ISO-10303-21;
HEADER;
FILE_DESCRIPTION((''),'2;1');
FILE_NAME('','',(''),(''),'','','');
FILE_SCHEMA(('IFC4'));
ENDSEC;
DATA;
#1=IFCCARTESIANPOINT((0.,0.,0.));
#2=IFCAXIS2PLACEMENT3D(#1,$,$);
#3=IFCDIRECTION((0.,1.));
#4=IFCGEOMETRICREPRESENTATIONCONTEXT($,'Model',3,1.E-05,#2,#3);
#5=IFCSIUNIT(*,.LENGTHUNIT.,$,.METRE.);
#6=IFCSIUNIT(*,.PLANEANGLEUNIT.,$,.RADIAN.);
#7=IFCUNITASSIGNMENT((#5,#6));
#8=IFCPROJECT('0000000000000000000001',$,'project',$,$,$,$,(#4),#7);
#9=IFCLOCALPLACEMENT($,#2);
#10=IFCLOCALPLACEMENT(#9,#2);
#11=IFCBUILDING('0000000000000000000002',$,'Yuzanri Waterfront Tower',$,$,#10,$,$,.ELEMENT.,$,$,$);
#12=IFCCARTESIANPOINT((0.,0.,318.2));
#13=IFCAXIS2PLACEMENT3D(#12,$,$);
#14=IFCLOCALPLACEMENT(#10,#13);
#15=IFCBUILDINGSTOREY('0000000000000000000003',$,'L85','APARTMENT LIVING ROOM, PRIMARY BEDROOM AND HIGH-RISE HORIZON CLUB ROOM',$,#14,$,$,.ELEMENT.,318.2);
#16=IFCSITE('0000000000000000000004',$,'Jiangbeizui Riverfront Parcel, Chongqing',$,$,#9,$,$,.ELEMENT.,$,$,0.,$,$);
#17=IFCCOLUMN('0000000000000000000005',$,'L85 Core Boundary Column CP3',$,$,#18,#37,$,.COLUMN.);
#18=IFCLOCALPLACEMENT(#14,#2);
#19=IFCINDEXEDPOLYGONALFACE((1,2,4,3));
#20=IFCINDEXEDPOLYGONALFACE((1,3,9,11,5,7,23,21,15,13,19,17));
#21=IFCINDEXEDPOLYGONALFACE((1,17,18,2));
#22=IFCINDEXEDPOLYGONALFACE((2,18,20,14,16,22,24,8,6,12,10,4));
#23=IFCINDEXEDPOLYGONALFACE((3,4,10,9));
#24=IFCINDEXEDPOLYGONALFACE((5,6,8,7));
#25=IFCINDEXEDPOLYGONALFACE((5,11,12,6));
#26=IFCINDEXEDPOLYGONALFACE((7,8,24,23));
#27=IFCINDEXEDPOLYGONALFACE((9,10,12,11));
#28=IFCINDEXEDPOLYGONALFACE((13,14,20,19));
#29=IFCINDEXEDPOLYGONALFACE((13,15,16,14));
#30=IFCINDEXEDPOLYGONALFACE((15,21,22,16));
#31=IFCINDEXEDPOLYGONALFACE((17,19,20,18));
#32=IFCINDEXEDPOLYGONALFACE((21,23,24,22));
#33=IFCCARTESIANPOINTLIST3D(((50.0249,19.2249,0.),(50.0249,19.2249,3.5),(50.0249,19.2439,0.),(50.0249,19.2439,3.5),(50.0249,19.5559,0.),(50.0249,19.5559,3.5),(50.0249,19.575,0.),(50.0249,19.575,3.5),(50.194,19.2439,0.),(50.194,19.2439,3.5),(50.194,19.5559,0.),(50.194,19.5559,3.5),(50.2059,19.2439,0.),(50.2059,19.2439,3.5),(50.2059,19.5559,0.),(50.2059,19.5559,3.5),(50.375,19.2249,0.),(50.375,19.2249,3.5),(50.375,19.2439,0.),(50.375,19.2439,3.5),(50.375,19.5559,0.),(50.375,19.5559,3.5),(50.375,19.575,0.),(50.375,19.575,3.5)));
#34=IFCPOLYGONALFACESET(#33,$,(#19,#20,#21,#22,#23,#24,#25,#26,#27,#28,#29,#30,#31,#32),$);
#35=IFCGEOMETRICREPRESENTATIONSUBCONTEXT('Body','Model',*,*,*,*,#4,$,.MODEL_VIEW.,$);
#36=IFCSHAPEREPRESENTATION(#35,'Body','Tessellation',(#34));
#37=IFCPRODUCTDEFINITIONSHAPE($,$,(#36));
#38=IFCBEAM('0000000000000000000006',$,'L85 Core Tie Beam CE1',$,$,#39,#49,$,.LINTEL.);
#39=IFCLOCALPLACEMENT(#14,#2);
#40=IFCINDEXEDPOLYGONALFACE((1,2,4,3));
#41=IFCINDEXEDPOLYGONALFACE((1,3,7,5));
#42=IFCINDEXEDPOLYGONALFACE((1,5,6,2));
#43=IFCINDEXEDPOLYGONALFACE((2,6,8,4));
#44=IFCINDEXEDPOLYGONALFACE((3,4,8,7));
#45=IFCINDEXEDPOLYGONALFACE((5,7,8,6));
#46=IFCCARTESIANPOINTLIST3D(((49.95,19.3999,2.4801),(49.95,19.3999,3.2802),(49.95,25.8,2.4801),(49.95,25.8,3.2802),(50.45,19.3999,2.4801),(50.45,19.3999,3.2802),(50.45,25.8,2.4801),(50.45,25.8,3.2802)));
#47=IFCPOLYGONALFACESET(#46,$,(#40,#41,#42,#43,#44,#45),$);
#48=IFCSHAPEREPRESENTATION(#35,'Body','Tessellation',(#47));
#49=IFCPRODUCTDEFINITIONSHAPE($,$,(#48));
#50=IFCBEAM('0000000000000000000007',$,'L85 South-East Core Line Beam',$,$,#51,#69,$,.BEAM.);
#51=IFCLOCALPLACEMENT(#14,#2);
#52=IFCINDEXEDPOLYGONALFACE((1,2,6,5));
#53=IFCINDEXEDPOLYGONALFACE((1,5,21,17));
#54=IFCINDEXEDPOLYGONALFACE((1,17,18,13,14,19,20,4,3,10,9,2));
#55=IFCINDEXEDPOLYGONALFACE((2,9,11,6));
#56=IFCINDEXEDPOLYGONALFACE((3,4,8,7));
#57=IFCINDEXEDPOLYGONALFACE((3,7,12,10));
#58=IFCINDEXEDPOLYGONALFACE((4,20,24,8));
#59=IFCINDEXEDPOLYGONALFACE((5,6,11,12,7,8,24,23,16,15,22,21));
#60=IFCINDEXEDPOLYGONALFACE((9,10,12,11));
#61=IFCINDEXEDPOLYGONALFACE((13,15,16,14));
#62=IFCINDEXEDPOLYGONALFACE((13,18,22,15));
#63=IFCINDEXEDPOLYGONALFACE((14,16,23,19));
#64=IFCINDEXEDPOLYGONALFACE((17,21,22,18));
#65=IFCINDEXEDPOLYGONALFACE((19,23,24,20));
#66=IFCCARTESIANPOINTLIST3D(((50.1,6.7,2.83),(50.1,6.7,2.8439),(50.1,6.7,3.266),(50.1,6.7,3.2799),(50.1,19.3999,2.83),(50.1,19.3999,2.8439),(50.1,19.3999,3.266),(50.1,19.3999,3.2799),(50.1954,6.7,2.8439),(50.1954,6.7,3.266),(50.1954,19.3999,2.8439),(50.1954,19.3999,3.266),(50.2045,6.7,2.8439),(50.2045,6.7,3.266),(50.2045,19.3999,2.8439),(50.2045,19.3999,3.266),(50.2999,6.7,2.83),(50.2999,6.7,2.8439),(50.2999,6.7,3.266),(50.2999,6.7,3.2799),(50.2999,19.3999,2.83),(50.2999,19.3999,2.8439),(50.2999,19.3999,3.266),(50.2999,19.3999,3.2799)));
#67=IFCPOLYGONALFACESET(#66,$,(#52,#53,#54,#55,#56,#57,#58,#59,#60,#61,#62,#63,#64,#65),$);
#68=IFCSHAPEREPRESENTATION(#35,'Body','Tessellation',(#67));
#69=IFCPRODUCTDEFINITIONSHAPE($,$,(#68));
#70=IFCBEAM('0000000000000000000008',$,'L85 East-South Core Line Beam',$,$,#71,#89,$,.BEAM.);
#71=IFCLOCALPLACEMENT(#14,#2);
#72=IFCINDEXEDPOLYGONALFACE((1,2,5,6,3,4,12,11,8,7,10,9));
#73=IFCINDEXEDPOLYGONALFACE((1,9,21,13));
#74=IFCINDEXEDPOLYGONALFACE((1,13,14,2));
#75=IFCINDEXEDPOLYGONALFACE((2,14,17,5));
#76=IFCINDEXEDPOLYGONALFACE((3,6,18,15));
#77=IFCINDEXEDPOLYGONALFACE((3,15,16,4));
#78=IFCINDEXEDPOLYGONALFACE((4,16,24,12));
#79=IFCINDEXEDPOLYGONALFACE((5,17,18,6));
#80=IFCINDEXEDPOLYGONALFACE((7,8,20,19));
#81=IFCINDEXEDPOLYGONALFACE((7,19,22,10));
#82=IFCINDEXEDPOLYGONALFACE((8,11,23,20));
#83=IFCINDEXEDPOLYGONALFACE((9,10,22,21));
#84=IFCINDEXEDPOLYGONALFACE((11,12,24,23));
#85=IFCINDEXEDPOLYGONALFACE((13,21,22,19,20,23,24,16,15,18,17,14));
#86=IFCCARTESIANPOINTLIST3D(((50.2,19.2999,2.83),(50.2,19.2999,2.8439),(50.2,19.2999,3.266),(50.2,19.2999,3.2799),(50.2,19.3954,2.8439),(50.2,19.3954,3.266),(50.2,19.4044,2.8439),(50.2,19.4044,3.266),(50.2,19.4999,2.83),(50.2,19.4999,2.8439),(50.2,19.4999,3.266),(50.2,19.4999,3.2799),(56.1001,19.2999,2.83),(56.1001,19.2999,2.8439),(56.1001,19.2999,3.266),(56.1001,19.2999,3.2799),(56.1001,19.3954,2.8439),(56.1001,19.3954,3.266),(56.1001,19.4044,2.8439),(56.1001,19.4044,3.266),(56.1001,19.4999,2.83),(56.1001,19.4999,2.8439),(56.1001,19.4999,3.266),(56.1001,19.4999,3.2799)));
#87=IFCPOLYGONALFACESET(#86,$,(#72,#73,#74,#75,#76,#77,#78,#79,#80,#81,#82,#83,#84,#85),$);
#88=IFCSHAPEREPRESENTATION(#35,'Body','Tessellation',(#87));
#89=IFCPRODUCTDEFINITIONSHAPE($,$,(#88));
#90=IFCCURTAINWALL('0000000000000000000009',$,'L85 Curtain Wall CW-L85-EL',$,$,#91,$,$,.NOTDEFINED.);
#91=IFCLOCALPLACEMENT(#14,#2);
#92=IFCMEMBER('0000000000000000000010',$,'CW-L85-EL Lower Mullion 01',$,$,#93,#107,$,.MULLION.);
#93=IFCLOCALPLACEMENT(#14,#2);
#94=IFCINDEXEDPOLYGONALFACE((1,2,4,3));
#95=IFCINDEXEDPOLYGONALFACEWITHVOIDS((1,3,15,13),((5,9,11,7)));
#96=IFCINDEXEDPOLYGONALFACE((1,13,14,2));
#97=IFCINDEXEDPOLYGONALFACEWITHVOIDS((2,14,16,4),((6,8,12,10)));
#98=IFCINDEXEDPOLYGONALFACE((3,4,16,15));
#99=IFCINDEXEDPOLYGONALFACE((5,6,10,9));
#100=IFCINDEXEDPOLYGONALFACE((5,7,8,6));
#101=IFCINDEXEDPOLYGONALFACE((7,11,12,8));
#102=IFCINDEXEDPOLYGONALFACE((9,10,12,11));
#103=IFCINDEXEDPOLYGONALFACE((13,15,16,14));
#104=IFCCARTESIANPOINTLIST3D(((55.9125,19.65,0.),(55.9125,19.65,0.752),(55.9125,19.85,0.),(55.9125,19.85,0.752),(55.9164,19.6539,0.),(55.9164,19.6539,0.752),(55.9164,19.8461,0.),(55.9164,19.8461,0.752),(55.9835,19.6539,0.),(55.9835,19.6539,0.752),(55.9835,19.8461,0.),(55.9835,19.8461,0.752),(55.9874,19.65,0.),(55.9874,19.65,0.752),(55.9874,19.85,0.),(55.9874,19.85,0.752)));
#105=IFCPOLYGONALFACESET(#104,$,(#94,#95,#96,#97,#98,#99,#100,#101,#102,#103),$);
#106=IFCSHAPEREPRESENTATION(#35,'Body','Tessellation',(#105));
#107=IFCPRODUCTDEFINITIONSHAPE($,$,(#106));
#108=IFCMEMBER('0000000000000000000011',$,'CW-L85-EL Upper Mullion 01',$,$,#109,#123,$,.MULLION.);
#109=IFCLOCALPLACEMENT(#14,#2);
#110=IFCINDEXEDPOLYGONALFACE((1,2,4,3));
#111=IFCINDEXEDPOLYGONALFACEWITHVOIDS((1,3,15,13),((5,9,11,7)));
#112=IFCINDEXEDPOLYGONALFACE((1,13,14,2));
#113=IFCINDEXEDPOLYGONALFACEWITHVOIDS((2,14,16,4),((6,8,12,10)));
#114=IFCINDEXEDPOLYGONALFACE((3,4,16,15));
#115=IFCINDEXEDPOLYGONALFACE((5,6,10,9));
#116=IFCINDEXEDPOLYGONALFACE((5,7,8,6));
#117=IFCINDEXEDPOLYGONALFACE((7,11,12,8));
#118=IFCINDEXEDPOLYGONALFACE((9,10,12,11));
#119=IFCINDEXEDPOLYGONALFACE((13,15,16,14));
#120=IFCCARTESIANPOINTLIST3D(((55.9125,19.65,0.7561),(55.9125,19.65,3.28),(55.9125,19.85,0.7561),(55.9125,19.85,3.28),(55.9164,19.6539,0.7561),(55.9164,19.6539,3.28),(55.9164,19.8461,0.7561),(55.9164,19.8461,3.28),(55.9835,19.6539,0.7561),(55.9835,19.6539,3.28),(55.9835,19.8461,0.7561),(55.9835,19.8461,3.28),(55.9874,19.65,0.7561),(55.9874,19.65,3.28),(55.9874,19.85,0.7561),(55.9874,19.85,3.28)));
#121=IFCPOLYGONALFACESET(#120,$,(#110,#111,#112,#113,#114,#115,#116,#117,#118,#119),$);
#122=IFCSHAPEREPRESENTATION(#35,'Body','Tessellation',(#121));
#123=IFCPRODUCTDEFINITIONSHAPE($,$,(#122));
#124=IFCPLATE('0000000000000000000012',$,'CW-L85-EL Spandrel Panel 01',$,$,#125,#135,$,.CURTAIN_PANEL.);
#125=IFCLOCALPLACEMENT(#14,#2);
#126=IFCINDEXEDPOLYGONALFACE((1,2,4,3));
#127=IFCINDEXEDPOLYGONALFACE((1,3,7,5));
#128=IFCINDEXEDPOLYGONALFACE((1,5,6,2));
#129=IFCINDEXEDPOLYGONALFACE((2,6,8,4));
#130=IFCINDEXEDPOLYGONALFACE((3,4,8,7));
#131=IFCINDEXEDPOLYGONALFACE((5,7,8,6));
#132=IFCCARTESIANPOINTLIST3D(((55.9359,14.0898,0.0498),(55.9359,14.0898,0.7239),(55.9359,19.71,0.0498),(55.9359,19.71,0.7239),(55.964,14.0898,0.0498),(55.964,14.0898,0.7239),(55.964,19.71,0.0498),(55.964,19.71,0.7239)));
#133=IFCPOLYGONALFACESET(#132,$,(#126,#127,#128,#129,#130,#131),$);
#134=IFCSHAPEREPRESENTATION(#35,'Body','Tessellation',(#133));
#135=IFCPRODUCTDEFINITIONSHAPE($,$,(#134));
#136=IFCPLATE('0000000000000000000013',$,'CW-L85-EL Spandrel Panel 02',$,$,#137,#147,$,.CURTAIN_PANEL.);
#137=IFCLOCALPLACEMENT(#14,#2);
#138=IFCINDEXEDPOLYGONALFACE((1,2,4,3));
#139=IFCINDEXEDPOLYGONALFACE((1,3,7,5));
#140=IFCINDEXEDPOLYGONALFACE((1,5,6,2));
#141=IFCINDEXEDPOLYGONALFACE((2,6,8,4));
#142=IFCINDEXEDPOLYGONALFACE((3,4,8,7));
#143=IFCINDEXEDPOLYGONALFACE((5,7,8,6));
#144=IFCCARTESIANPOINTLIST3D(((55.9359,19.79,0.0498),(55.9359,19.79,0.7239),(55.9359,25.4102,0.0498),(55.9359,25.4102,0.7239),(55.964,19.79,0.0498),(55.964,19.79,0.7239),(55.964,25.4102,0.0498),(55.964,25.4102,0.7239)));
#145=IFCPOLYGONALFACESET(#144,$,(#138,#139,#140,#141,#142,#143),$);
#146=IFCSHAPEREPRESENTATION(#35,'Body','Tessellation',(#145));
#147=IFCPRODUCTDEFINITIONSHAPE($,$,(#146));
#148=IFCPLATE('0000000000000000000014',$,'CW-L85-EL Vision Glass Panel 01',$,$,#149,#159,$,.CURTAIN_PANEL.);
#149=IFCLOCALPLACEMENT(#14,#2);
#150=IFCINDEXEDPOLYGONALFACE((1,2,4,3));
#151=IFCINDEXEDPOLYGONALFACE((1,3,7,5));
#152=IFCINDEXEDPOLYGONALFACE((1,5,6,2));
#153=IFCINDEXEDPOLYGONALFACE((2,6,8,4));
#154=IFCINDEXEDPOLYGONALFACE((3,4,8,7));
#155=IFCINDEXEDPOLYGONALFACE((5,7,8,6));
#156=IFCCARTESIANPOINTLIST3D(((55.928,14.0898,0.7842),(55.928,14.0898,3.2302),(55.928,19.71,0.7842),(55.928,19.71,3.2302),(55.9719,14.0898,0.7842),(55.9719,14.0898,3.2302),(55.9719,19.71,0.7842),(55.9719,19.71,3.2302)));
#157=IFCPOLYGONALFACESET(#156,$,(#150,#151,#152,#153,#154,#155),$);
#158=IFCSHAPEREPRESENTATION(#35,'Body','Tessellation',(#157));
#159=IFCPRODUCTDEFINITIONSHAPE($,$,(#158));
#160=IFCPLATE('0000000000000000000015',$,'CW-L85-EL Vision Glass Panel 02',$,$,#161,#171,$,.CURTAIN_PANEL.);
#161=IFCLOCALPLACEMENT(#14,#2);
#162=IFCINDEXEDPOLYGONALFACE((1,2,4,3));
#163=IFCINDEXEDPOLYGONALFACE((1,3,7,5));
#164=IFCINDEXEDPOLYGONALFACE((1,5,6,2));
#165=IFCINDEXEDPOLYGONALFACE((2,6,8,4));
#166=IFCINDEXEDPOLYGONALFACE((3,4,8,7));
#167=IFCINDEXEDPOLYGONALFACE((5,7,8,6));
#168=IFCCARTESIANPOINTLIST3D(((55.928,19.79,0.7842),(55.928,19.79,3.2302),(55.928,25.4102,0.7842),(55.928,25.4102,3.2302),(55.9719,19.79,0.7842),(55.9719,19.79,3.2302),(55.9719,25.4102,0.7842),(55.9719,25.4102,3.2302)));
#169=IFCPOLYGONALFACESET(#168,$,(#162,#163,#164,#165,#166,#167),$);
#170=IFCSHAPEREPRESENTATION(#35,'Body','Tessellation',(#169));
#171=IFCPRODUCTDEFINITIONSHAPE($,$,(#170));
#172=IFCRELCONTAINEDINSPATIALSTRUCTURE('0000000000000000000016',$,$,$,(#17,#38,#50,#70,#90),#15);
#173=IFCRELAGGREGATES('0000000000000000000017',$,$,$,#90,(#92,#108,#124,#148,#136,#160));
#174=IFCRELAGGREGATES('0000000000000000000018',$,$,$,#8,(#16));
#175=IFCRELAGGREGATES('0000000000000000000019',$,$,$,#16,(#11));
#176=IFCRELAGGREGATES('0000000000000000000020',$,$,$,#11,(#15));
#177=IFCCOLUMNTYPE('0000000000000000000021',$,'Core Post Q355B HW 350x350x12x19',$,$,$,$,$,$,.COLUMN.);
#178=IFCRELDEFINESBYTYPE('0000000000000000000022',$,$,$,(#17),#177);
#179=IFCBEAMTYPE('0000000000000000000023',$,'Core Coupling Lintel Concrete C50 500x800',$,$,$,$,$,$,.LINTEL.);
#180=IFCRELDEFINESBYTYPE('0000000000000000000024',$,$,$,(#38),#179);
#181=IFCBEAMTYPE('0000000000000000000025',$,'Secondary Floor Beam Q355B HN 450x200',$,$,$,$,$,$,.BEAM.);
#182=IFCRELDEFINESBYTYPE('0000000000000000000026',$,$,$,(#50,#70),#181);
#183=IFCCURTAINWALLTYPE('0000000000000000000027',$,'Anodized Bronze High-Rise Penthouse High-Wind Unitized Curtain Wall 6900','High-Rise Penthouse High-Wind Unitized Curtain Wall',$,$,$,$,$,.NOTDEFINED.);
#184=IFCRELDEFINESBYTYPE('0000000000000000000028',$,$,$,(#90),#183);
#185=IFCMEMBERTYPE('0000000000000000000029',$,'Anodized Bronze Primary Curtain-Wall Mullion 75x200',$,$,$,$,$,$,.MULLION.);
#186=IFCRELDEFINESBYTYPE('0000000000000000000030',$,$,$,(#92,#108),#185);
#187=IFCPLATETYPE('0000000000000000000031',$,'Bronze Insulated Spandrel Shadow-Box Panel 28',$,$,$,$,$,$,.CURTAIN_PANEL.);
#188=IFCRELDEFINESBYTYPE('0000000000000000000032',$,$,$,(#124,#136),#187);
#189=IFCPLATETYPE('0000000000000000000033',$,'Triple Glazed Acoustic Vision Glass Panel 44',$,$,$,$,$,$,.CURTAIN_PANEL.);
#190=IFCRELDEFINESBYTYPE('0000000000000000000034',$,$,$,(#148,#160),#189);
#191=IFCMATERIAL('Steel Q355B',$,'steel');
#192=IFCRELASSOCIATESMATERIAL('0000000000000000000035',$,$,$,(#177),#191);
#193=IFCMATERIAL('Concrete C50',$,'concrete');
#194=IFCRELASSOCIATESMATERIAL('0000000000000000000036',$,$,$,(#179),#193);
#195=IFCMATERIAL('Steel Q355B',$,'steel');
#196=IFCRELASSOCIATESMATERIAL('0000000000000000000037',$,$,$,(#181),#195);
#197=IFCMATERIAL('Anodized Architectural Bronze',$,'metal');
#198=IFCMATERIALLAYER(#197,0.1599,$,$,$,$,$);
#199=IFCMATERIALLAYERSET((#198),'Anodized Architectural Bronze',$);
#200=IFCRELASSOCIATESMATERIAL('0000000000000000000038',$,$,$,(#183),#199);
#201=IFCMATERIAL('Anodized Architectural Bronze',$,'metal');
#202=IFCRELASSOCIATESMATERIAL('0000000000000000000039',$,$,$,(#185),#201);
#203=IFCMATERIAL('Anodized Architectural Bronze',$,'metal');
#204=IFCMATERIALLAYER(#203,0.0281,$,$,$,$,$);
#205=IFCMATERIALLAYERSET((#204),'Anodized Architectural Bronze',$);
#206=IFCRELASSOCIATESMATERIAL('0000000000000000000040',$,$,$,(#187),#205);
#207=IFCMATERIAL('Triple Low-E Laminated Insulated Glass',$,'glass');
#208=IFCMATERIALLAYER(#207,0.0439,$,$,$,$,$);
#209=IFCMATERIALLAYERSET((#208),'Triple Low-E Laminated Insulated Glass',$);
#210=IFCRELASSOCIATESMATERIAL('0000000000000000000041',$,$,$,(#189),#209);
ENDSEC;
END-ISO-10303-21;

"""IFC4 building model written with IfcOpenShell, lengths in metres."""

from ifc_helpers import new_model, si_unit, direction, frame, origin, origin_2d, place, context, subcontext, project, spatial, rectangle, hollow_rectangle, i_section, extrude, source, transform, mapped, material, layer, layer_set, material_profile, profile_set, type_object, element, aggregate, save


model = new_model("IFC4")

# Units and contexts
model_context = context("Model", 3, precision=1e-05, world=origin(), true_north=direction((0.0, 1.0)))
body_context = subcontext(model_context, "Body", "Model", "MODEL_VIEW")
ifc_project = project(units=[si_unit("LENGTHUNIT", "METRE"), si_unit("PLANEANGLEUNIT", "RADIAN")], contexts=[model_context])

# Site, building, storey
site_placement = place(None, origin())
site = spatial("IfcSite", under=ifc_project, at=site_placement, Name="Jiangbeizui Riverfront Parcel, Chongqing", CompositionType="ELEMENT", RefElevation=0.0)
building_placement = place(site_placement, origin())
building = spatial("IfcBuilding", under=site, at=building_placement, Name="Yuzanri Waterfront Tower", CompositionType="ELEMENT")
storey_placement = place(building_placement, frame((0.0, 0.0, 318.2)))
storey = spatial("IfcBuildingStorey", under=building, at=storey_placement, Name="L85", Description="APARTMENT LIVING ROOM, PRIMARY BEDROOM AND HIGH-RISE HORIZON CLUB ROOM", CompositionType="ELEMENT", Elevation=318.2)

# Column
ifc_material_1 = material(Name="Steel Q355B", Category="steel")
ifc_material_profile_1 = material_profile(ifc_material_1, i_section(OverallWidth=0.3501, OverallDepth=0.3501, WebThickness=0.012, FlangeThickness=0.019, at=origin_2d()), Name="HW 350x350x12x19")
ifc_profile_set_1 = profile_set([ifc_material_profile_1], Name="Steel Q355B")
column_type = type_object("IfcColumnType", Name="Core Post Q355B HW 350x350x12x19", PredefinedType="COLUMN", material=ifc_profile_set_1)
shared_shape_1 = source(origin(), body_context, "Body", "SweptSolid", [
    extrude(i_section(OverallWidth=0.3501, OverallDepth=0.3501, WebThickness=0.012, FlangeThickness=0.019, at=origin_2d()), origin(), (0.0, 0.0, 1.0), 3.5),
])
column_placement = place(storey_placement, frame((50.2, 19.3999, 0.0), z_axis=(0.0, 0.0, 1.0), x_axis=(1.0, 0.0, 0.0)))
element("IfcColumn", 1, at=column_placement, inside=storey, type_object=column_type, Name="L85 Core Boundary Column CP3", PredefinedType="COLUMN", context=body_context, shape_type="MappedRepresentation", body=[
    mapped(shared_shape_1, transform((0.0, 0.0, 0.0), scale=1.0)),
])

# Beams
ifc_material_2 = material(Name="Concrete C50", Category="concrete")
ifc_material_profile_2 = material_profile(ifc_material_2, rectangle(XDim=0.5, YDim=0.8, at=origin_2d()), Name="RC 500x800")
ifc_profile_set_2 = profile_set([ifc_material_profile_2], Name="Concrete C50")
beam_type_1 = type_object("IfcBeamType", Name="Core Coupling Lintel Concrete C50 500x800", PredefinedType="LINTEL", material=ifc_profile_set_2)
shared_shape_2 = source(origin(), body_context, "Body", "SweptSolid", [
    extrude(rectangle(XDim=0.5, YDim=0.8, at=origin_2d()), origin(), (0.0, 0.0, 1.0), 6.4001),
])
beam_1_placement = place(storey_placement, frame((50.2, 19.3999, 2.8801), z_axis=(0.0, 1.0, 0.0), x_axis=(-1.0, 0.0, 0.0)))
element("IfcBeam", 2, at=beam_1_placement, inside=storey, type_object=beam_type_1, Name="L85 Core Tie Beam CE1", PredefinedType="LINTEL", context=body_context, shape_type="MappedRepresentation", body=[
    mapped(shared_shape_2, transform((0.0, 0.0, 0.0), scale=1.0)),
])
ifc_material_3 = material(Name="Steel Q355B", Category="steel")
ifc_material_profile_3 = material_profile(ifc_material_3, i_section(OverallWidth=0.2, OverallDepth=0.45, WebThickness=0.009, FlangeThickness=0.0139, at=origin_2d()), Name="HN 450x200x9x14")
ifc_profile_set_3 = profile_set([ifc_material_profile_3], Name="Steel Q355B")
beam_type_2 = type_object("IfcBeamType", Name="Secondary Floor Beam Q355B HN 450x200", PredefinedType="BEAM", material=ifc_profile_set_3)
shared_shape_3 = source(origin(), body_context, "Body", "SweptSolid", [
    extrude(i_section(OverallWidth=0.2, OverallDepth=0.45, WebThickness=0.009, FlangeThickness=0.0139, at=origin_2d()), origin(), (0.0, 0.0, 1.0), 12.7),
])
beam_2_placement = place(storey_placement, frame((50.2, 19.3999, 3.0549), z_axis=(0.0, -1.0, 0.0), x_axis=(1.0, 0.0, 0.0)))
element("IfcBeam", 3, at=beam_2_placement, inside=storey, type_object=beam_type_2, Name="L85 South-East Core Line Beam", PredefinedType="BEAM", context=body_context, shape_type="MappedRepresentation", body=[
    mapped(shared_shape_3, transform((0.0, 0.0, 0.0), scale=1.0)),
])
shared_shape_4 = source(origin(), body_context, "Body", "SweptSolid", [
    extrude(i_section(OverallWidth=0.2, OverallDepth=0.45, WebThickness=0.009, FlangeThickness=0.0139, at=origin_2d()), origin(), (0.0, 0.0, 1.0), 5.9001),
])
beam_3_placement = place(storey_placement, frame((50.2, 19.3999, 3.0549), z_axis=(1.0, 0.0, 0.0), x_axis=(0.0, 1.0, 0.0)))
element("IfcBeam", 4, at=beam_3_placement, inside=storey, type_object=beam_type_2, Name="L85 East-South Core Line Beam", PredefinedType="BEAM", context=body_context, shape_type="MappedRepresentation", body=[
    mapped(shared_shape_4, transform((0.0, 0.0, 0.0), scale=1.0)),
])

# Curtain wall, members, plates
ifc_material_4 = material(Name="Anodized Architectural Bronze", Category="metal")
ifc_layer_1 = layer(ifc_material_4, 0.1599)
ifc_layer_set_1 = layer_set([ifc_layer_1], Name="Anodized Architectural Bronze")
curtain_wall_type = type_object("IfcCurtainWallType", Name="Anodized Bronze High-Rise Penthouse High-Wind Unitized Curtain Wall 6900", Description="High-Rise Penthouse High-Wind Unitized Curtain Wall", PredefinedType="NOTDEFINED", material=ifc_layer_set_1)
curtain_wall_placement = place(storey_placement, origin())
curtain_wall = element("IfcCurtainWall", 5, at=curtain_wall_placement, inside=storey, type_object=curtain_wall_type, Name="L85 Curtain Wall CW-L85-EL", PredefinedType="NOTDEFINED")
ifc_material_5 = material(Name="Anodized Architectural Bronze", Category="metal")
ifc_material_profile_4 = material_profile(ifc_material_5, hollow_rectangle(XDim=0.075, YDim=0.2, WallThickness=0.0039, at=origin_2d()), Name="CWM 75x200")
ifc_profile_set_4 = profile_set([ifc_material_profile_4], Name="Anodized Architectural Bronze")
member_type = type_object("IfcMemberType", Name="Anodized Bronze Primary Curtain-Wall Mullion 75x200", PredefinedType="MULLION", material=ifc_profile_set_4)
shared_shape_5 = source(origin(), body_context, "Body", "SweptSolid", [
    extrude(hollow_rectangle(XDim=0.075, YDim=0.2, WallThickness=0.0039, at=origin_2d()), origin(), (0.0, 0.0, 1.0), 0.752),
])
member_1_placement = place(storey_placement, frame((55.95, 19.75, 0.0), z_axis=(0.0, 0.0, 1.0), x_axis=(1.0, 0.0, 0.0)))
member_1 = element("IfcMember", 6, at=member_1_placement, type_object=member_type, Name="CW-L85-EL Lower Mullion 01", PredefinedType="MULLION", context=body_context, shape_type="MappedRepresentation", body=[
    mapped(shared_shape_5, transform((0.0, 0.0, 0.0), scale=1.0)),
])
shared_shape_6 = source(origin(), body_context, "Body", "SweptSolid", [
    extrude(hollow_rectangle(XDim=0.075, YDim=0.2, WallThickness=0.0039, at=origin_2d()), origin(), (0.0, 0.0, 1.0), 2.5239),
])
member_2_placement = place(storey_placement, frame((55.95, 19.75, 0.7561), z_axis=(0.0, 0.0, 1.0), x_axis=(1.0, 0.0, 0.0)))
member_2 = element("IfcMember", 7, at=member_2_placement, type_object=member_type, Name="CW-L85-EL Upper Mullion 01", PredefinedType="MULLION", context=body_context, shape_type="MappedRepresentation", body=[
    mapped(shared_shape_6, transform((0.0, 0.0, 0.0), scale=1.0)),
])
ifc_material_6 = material(Name="Anodized Architectural Bronze", Category="metal")
ifc_layer_2 = layer(ifc_material_6, 0.0281)
ifc_layer_set_2 = layer_set([ifc_layer_2], Name="Anodized Architectural Bronze")
plate_type_1 = type_object("IfcPlateType", Name="Bronze Insulated Spandrel Shadow-Box Panel 28", PredefinedType="CURTAIN_PANEL", material=ifc_layer_set_2)
shared_shape_7 = source(origin(), body_context, "Body", "SweptSolid", [
    extrude(rectangle(XDim=5.6201, YDim=0.0281, at=origin_2d()), origin(), (0.0, 0.0, 1.0), 0.6741),
])
plate_1_placement = place(storey_placement, frame((55.95, 16.8999, 0.0498), z_axis=(0.0, 0.0, 1.0), x_axis=(0.0, 1.0, 0.0)))
plate_1 = element("IfcPlate", 8, at=plate_1_placement, type_object=plate_type_1, Name="CW-L85-EL Spandrel Panel 01", PredefinedType="CURTAIN_PANEL", context=body_context, shape_type="MappedRepresentation", body=[
    mapped(shared_shape_7, transform((0.0, 0.0, 0.0), scale=1.0)),
])
plate_2_placement = place(storey_placement, frame((55.95, 22.6001, 0.0498), z_axis=(0.0, 0.0, 1.0), x_axis=(0.0, 1.0, 0.0)))
plate_2 = element("IfcPlate", 9, at=plate_2_placement, type_object=plate_type_1, Name="CW-L85-EL Spandrel Panel 02", PredefinedType="CURTAIN_PANEL", context=body_context, shape_type="MappedRepresentation", body=[
    mapped(shared_shape_7, transform((0.0, 0.0, 0.0), scale=1.0)),
])
ifc_material_7 = material(Name="Triple Low-E Laminated Insulated Glass", Category="glass")
ifc_layer_3 = layer(ifc_material_7, 0.0439)
ifc_layer_set_3 = layer_set([ifc_layer_3], Name="Triple Low-E Laminated Insulated Glass")
plate_type_2 = type_object("IfcPlateType", Name="Triple Glazed Acoustic Vision Glass Panel 44", PredefinedType="CURTAIN_PANEL", material=ifc_layer_set_3)
shared_shape_8 = source(origin(), body_context, "Body", "SweptSolid", [
    extrude(rectangle(XDim=5.6201, YDim=0.0439, at=origin_2d()), origin(), (0.0, 0.0, 1.0), 2.446),
])
plate_3_placement = place(storey_placement, frame((55.95, 16.8999, 0.7842), z_axis=(0.0, 0.0, 1.0), x_axis=(0.0, 1.0, 0.0)))
plate_3 = element("IfcPlate", 10, at=plate_3_placement, type_object=plate_type_2, Name="CW-L85-EL Vision Glass Panel 01", PredefinedType="CURTAIN_PANEL", context=body_context, shape_type="MappedRepresentation", body=[
    mapped(shared_shape_8, transform((0.0, 0.0, 0.0), scale=1.0)),
])
plate_4_placement = place(storey_placement, frame((55.95, 22.6001, 0.7842), z_axis=(0.0, 0.0, 1.0), x_axis=(0.0, 1.0, 0.0)))
plate_4 = element("IfcPlate", 11, at=plate_4_placement, type_object=plate_type_2, Name="CW-L85-EL Vision Glass Panel 02", PredefinedType="CURTAIN_PANEL", context=body_context, shape_type="MappedRepresentation", body=[
    mapped(shared_shape_8, transform((0.0, 0.0, 0.0), scale=1.0)),
])
aggregate(curtain_wall, [member_1, member_2, plate_1, plate_3, plate_2, plate_4])

save(model, "model.ifc")
